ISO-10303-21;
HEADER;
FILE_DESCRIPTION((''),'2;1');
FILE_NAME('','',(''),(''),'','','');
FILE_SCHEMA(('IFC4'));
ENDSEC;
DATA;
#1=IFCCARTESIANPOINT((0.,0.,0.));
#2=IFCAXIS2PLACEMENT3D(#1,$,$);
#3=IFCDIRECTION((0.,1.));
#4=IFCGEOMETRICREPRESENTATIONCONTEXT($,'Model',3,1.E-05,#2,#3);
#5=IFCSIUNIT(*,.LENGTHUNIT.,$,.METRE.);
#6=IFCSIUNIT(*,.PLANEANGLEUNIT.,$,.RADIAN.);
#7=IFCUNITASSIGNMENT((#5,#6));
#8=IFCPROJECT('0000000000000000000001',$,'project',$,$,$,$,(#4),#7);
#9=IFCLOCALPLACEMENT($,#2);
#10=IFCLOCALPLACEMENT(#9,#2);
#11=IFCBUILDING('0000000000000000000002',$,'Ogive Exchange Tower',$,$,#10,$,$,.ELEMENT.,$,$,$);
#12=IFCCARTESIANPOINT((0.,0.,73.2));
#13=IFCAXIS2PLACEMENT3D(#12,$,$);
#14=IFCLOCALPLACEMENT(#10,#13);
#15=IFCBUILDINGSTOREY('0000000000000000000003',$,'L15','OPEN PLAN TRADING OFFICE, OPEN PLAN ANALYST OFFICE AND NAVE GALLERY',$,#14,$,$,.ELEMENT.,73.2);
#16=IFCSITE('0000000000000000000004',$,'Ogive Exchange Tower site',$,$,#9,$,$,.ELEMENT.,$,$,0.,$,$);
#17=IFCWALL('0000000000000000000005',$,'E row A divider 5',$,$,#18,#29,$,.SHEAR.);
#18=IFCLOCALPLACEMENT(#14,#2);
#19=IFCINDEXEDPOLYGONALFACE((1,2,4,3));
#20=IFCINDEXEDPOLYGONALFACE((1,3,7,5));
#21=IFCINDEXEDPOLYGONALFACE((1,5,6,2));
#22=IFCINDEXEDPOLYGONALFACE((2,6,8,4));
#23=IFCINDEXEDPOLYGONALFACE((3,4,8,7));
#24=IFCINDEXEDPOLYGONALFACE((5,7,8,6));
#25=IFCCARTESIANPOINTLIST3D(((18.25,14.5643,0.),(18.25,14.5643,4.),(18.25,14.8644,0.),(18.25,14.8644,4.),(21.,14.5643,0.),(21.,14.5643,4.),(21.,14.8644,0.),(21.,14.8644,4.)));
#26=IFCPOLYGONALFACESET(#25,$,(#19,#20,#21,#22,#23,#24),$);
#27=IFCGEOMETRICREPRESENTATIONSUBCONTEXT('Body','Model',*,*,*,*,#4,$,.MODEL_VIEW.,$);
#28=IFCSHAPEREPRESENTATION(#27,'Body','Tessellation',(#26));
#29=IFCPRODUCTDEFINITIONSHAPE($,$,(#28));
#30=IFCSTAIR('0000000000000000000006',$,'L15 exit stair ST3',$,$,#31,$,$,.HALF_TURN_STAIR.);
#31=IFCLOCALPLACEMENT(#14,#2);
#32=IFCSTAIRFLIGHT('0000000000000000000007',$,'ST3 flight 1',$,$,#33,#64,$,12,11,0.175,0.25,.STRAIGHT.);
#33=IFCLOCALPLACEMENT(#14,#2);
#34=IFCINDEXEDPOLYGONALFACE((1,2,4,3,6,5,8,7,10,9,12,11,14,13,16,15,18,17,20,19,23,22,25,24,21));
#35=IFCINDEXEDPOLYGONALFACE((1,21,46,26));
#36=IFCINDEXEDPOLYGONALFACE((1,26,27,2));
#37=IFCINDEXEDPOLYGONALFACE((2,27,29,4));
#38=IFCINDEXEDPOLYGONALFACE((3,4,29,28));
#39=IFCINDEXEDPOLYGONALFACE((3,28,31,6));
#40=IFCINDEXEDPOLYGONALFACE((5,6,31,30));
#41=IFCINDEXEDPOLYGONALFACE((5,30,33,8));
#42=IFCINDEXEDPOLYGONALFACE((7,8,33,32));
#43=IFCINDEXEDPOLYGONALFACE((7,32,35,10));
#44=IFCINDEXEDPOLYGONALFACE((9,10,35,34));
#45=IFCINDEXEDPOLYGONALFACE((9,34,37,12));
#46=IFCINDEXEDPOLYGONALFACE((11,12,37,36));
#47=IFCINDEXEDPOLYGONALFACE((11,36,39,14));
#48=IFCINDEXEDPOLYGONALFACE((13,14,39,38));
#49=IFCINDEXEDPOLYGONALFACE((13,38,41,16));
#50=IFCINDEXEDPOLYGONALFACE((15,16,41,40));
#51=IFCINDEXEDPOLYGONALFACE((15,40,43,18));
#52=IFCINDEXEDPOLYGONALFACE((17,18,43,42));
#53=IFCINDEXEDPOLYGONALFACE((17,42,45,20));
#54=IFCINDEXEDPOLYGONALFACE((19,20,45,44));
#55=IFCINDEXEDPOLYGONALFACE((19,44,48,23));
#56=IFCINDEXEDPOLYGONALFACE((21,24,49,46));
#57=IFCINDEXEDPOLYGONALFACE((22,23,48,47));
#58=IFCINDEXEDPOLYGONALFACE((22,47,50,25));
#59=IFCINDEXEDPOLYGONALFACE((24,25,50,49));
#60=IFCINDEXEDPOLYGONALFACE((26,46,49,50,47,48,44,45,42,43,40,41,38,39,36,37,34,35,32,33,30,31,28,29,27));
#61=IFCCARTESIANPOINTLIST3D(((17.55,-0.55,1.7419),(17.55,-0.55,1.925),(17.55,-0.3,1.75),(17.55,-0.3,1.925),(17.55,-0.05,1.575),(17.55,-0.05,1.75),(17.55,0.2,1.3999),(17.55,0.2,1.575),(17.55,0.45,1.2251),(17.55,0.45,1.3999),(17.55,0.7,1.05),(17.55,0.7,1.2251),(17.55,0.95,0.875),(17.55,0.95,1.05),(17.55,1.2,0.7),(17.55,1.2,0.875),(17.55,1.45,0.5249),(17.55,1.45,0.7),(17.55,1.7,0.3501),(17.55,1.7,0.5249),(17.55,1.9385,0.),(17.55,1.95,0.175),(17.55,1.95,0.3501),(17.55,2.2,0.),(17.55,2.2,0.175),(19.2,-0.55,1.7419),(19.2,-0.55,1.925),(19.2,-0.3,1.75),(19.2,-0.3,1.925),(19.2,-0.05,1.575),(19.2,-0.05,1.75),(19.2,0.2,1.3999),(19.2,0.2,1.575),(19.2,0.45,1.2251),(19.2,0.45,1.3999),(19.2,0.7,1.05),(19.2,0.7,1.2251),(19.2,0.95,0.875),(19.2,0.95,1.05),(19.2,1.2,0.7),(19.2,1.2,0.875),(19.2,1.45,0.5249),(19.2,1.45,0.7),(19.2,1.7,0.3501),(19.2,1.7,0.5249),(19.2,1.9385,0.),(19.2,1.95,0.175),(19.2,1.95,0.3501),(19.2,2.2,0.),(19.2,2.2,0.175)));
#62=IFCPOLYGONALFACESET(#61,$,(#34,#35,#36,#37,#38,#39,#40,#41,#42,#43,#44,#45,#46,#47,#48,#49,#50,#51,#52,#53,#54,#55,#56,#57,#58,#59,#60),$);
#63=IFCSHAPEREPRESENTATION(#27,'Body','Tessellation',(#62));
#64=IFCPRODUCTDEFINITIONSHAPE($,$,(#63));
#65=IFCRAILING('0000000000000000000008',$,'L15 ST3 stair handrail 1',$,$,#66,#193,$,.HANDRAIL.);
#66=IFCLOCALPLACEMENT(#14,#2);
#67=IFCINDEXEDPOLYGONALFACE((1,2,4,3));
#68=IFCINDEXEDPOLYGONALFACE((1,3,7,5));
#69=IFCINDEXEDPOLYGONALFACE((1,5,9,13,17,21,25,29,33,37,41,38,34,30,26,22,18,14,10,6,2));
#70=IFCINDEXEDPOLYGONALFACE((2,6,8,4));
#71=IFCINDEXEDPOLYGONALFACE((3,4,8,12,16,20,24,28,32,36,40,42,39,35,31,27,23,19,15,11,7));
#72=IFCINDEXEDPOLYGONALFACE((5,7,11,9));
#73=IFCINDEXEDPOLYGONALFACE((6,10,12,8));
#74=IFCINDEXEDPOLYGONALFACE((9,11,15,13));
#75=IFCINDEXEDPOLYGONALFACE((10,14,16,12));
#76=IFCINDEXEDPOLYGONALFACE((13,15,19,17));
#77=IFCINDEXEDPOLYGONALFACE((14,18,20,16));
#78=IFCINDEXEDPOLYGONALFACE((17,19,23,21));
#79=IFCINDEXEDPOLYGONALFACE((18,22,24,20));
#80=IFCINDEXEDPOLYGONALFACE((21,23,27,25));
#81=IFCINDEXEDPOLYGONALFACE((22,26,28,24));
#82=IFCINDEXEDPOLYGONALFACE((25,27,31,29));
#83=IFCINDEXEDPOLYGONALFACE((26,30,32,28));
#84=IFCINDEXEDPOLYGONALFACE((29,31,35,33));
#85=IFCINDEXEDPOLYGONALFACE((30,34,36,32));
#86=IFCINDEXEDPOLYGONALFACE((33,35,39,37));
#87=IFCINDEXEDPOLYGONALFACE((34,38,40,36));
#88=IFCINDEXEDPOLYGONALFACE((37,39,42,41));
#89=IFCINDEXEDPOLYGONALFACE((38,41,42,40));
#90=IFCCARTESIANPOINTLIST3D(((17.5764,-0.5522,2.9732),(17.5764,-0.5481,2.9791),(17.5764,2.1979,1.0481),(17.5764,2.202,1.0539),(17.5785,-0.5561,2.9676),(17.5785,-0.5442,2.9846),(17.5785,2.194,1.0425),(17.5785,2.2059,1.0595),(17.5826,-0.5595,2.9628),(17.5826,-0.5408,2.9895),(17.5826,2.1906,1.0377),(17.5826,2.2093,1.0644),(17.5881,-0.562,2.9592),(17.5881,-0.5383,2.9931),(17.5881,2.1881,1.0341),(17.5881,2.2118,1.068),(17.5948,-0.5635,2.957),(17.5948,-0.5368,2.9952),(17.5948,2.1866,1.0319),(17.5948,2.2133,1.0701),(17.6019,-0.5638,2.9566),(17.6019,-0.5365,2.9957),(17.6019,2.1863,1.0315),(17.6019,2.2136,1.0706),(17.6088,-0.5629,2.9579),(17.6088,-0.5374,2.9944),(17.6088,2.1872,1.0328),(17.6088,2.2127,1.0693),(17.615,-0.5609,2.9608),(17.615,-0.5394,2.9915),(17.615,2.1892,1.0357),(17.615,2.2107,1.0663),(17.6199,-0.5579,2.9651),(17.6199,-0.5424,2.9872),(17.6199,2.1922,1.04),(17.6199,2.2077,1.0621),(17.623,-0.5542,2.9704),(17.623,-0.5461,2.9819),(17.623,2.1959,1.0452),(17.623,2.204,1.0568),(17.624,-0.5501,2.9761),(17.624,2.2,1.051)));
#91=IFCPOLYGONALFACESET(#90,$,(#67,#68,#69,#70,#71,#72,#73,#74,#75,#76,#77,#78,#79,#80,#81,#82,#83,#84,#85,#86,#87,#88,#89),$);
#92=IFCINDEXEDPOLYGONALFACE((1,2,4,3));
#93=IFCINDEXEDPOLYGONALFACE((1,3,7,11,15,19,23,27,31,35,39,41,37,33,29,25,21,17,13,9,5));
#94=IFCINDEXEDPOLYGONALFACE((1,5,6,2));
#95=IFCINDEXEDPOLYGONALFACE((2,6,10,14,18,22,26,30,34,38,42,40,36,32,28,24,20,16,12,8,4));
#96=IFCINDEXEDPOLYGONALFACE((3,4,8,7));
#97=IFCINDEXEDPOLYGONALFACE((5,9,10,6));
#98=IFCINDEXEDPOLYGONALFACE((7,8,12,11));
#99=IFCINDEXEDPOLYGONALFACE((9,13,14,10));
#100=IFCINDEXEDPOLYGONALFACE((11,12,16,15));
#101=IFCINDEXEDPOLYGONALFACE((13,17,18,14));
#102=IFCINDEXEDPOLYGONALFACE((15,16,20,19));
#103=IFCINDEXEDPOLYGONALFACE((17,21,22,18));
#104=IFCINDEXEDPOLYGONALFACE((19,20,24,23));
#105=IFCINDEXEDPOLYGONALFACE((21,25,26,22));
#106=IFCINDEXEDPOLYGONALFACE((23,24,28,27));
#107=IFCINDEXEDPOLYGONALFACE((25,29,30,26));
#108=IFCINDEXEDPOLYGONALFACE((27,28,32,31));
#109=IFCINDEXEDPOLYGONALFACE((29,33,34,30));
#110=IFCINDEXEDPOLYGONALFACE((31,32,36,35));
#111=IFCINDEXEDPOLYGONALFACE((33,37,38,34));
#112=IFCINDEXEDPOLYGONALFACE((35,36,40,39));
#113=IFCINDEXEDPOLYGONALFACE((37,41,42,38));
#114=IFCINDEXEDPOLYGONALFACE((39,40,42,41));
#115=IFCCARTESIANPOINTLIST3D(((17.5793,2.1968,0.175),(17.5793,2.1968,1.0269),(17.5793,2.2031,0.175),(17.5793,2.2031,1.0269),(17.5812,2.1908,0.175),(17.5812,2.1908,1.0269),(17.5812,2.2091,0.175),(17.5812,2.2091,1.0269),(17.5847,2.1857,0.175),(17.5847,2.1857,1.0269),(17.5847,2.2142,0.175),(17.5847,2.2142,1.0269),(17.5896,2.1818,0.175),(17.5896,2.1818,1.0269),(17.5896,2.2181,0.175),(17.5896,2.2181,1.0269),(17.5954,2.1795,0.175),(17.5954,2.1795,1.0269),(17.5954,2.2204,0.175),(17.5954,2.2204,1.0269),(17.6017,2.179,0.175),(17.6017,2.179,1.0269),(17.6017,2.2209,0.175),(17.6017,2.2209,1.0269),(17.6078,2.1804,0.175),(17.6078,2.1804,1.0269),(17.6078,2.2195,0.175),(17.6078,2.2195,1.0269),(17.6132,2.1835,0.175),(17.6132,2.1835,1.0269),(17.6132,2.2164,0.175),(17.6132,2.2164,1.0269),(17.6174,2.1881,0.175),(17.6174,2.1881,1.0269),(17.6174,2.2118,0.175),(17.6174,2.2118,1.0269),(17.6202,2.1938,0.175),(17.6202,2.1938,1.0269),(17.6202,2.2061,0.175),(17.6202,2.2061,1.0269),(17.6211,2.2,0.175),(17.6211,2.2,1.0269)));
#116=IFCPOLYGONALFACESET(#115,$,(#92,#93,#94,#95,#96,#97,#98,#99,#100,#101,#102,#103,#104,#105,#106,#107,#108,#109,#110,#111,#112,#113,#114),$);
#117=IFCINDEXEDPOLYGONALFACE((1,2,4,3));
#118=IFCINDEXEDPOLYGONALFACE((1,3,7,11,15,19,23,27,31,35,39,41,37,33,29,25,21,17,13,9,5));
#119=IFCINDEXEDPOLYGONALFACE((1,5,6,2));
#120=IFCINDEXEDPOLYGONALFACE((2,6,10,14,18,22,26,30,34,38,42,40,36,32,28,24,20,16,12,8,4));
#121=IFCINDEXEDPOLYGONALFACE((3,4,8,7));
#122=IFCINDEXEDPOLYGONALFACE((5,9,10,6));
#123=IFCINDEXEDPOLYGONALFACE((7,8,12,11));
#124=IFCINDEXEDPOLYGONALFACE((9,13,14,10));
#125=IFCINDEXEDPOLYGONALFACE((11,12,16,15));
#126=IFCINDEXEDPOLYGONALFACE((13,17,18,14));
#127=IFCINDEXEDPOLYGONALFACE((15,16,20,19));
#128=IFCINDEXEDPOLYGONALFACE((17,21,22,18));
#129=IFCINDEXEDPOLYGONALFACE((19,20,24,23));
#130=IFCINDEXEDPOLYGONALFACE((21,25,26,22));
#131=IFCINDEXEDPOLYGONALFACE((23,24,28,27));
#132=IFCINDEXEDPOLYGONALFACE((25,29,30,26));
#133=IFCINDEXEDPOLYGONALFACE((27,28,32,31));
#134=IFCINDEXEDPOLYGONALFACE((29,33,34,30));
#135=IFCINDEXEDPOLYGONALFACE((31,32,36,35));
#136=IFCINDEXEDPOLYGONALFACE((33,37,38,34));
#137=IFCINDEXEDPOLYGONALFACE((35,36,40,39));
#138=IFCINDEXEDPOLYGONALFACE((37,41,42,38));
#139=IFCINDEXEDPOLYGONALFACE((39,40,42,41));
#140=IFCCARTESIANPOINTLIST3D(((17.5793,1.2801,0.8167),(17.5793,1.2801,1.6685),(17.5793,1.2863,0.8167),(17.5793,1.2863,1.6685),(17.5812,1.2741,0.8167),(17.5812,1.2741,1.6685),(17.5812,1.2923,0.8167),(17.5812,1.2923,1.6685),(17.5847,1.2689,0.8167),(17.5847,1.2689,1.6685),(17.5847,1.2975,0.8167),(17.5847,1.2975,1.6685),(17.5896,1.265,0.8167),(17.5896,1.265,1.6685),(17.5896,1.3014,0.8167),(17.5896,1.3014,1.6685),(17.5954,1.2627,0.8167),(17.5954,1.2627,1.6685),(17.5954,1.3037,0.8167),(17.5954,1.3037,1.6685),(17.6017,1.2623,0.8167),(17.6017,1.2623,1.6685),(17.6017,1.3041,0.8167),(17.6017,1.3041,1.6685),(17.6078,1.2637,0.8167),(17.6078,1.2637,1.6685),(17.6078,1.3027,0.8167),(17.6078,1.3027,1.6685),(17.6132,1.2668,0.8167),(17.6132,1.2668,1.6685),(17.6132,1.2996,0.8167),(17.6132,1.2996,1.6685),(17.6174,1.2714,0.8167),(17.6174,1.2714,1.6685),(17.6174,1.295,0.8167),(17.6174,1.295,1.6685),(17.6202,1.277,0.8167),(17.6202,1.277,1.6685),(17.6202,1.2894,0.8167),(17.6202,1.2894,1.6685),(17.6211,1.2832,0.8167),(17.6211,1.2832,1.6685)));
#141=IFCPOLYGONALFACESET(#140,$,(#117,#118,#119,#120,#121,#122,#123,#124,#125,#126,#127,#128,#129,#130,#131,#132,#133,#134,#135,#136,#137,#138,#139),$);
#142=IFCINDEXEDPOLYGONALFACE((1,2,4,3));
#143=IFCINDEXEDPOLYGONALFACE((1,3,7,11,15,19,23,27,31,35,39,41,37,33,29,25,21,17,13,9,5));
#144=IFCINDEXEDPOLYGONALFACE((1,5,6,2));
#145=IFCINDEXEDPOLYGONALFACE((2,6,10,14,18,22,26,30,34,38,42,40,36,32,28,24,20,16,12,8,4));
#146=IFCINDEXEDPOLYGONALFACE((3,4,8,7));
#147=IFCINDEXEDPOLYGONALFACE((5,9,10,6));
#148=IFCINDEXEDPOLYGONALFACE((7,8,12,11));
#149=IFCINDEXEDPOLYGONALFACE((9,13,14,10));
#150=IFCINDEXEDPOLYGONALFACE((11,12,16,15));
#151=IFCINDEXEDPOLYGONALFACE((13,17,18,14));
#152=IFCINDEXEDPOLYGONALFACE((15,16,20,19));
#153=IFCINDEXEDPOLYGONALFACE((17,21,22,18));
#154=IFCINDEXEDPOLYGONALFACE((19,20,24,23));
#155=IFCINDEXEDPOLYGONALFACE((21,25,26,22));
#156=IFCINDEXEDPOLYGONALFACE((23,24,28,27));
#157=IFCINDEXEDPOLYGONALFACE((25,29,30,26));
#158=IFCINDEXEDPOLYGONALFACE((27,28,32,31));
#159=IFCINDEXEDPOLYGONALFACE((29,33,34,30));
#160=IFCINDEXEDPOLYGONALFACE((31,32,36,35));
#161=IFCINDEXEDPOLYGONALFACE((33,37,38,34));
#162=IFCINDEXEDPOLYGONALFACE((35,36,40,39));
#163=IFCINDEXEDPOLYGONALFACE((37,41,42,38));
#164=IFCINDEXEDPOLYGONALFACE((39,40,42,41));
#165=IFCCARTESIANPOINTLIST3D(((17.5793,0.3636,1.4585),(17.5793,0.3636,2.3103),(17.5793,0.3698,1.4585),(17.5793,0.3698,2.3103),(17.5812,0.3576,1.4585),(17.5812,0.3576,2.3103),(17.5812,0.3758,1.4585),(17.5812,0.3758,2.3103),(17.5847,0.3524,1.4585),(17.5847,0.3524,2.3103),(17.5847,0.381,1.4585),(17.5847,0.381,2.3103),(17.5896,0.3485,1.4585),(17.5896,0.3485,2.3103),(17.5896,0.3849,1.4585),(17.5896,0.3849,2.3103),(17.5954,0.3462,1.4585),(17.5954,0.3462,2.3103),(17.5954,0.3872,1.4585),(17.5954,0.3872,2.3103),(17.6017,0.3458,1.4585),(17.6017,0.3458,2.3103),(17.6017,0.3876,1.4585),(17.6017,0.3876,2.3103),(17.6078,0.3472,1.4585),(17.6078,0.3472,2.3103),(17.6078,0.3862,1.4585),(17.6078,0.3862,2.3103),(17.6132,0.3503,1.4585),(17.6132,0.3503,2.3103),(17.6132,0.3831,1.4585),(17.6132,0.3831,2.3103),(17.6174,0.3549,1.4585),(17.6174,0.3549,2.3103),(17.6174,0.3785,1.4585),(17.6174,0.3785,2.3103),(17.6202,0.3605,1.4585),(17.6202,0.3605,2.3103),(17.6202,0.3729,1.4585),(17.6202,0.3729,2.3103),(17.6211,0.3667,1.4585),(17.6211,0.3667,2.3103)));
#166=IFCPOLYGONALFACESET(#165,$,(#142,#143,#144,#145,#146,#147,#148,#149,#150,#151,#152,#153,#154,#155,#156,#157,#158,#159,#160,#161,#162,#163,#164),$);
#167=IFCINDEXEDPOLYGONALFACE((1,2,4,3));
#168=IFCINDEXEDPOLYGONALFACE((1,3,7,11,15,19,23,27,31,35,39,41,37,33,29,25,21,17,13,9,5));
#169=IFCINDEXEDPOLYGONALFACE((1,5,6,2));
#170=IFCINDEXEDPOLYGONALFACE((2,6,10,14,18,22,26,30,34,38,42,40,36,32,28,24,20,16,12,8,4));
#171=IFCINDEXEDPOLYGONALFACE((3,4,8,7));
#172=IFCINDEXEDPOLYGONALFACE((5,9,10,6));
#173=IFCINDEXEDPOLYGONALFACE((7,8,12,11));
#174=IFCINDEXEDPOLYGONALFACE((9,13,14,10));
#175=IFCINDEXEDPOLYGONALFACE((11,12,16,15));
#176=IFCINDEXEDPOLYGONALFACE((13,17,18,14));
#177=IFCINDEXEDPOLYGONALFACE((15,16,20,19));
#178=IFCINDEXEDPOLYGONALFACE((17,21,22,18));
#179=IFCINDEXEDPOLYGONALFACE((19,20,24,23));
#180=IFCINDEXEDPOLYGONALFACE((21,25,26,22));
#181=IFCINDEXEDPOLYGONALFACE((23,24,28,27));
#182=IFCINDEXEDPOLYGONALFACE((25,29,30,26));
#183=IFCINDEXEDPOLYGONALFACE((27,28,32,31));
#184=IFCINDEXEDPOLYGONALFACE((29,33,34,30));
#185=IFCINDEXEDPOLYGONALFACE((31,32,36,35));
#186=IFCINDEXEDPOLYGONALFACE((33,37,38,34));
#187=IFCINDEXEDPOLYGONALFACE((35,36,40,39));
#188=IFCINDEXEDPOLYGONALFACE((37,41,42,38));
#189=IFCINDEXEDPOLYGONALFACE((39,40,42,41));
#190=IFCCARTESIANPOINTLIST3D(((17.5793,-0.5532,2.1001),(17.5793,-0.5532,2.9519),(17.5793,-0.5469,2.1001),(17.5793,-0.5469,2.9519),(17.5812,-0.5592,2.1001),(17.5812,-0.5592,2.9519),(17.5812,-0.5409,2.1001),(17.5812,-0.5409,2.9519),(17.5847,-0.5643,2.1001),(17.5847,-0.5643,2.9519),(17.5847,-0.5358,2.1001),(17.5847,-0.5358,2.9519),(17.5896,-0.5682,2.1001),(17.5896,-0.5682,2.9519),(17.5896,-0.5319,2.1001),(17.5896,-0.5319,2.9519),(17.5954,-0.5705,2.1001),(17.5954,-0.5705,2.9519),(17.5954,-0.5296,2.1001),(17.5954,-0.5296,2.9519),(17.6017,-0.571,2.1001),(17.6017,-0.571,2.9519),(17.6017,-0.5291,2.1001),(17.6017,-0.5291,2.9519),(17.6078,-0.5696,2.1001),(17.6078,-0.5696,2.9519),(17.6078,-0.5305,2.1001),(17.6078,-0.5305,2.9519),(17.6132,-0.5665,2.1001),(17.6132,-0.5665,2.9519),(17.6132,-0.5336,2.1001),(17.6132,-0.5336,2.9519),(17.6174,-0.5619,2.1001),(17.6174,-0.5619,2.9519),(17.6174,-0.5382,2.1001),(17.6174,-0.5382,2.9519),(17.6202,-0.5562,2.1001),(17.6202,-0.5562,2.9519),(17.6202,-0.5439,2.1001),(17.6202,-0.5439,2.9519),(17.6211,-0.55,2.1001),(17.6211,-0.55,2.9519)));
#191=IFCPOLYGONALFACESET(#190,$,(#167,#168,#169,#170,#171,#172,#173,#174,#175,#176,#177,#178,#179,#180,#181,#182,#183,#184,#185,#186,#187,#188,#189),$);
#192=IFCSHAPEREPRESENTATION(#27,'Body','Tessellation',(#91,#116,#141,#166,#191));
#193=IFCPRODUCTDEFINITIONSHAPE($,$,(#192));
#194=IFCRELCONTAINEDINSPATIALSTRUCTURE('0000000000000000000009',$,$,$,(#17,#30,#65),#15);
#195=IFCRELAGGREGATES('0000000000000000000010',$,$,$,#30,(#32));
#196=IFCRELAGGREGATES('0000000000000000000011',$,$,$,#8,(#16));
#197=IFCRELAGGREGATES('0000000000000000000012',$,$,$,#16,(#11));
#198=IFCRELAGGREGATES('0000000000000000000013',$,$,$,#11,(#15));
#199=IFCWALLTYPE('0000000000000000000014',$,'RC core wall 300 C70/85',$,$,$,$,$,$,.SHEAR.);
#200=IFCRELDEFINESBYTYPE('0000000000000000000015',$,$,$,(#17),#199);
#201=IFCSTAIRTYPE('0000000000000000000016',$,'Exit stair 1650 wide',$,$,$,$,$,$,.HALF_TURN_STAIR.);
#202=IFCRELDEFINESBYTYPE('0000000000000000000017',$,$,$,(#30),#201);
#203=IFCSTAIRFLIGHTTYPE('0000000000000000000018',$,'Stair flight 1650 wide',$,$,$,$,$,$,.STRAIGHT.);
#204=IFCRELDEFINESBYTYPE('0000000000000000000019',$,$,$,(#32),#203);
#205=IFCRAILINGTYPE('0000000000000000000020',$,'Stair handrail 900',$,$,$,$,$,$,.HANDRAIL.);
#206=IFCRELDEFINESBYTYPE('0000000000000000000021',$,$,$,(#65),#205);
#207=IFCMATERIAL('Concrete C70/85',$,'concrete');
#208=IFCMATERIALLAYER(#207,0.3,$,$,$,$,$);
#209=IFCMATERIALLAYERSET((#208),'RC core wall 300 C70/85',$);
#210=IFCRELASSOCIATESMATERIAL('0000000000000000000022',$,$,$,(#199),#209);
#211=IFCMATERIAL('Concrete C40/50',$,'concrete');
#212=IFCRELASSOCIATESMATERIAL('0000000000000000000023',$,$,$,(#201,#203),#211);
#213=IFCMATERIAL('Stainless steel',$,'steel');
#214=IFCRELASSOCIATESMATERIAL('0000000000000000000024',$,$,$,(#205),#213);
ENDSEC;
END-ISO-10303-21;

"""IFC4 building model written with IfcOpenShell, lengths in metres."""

from ifc_helpers import new_model, si_unit, direction, frame, frame_2d, origin, origin_2d, place, context, subcontext, project, spatial, polyline, rectangle, circle, outline, extrude, material, layer, layer_set, type_object, element, aggregate, save


model = new_model("IFC4")

# Units and contexts
model_context = context("Model", 3, precision=1e-05, world=origin(), true_north=direction((0.0, 1.0)))
body_context = subcontext(model_context, "Body", "Model", "MODEL_VIEW")
ifc_project = project(units=[si_unit("LENGTHUNIT", "METRE"), si_unit("PLANEANGLEUNIT", "RADIAN")], contexts=[model_context])

# Site, building, storey
site_placement = place(None, origin())
site = spatial("IfcSite", under=ifc_project, at=site_placement, Name="Ogive Exchange Tower site", CompositionType="ELEMENT", RefElevation=0.0)
building_placement = place(site_placement, origin())
building = spatial("IfcBuilding", under=site, at=building_placement, Name="Ogive Exchange Tower", CompositionType="ELEMENT")
storey_placement = place(building_placement, frame((0.0, 0.0, 73.2)))
storey = spatial("IfcBuildingStorey", under=building, at=storey_placement, Name="L15", Description="OPEN PLAN TRADING OFFICE, OPEN PLAN ANALYST OFFICE AND NAVE GALLERY", CompositionType="ELEMENT", Elevation=73.2)

# Shared definitions
ifc_material_1 = material(Name="Concrete C70/85", Category="concrete")

# Shared definitions
ifc_material_2 = material(Name="Stainless steel", Category="steel")

# Wall
ifc_layer_1 = layer(ifc_material_1, 0.3)
ifc_layer_set_1 = layer_set([ifc_layer_1], Name="RC core wall 300 C70/85")
wall_type_1 = type_object("IfcWallType", Name="RC core wall 300 C70/85", PredefinedType="SHEAR", material=ifc_layer_set_1)
for number, where, z_axis, x_axis, name in (
    (1, (18.25, 14.7144, 0.0), (0.0, 0.0, 1.0), (1.0, 0.0, 0.0), "E row A divider 5"),
):
    element("IfcWall", number, at=place(storey_placement, frame(where, z_axis=z_axis, x_axis=x_axis)), inside=storey, type_object=wall_type_1, Name=name, PredefinedType="SHEAR", context=body_context, shape_type="SweptSolid", body=[
        extrude(rectangle(XDim=2.75, YDim=0.3, at=frame_2d((1.375, 0.0))), origin(), (0.0, 0.0, 1.0), 4.0),
    ])

# Stair, stair flight
ifc_material_3 = material(Name="Concrete C40/50", Category="concrete")
stair_type = type_object("IfcStairType", Name="Exit stair 1650 wide", PredefinedType="HALF_TURN_STAIR", material=ifc_material_3)
stair_placement = place(storey_placement, origin())
stair = element("IfcStair", 2, at=stair_placement, inside=storey, type_object=stair_type, Name="L15 exit stair ST3", PredefinedType="HALF_TURN_STAIR")
stair_flight_type = type_object("IfcStairFlightType", Name="Stair flight 1650 wide", PredefinedType="STRAIGHT", material=ifc_material_3)
stair_flight_placement = place(storey_placement, frame((18.375, 2.2, 0.0), z_axis=(0.0, 0.0, 1.0), x_axis=(0.0, -1.0, 0.0)))
stair_flight = element("IfcStairFlight", 3, at=stair_flight_placement, type_object=stair_flight_type, Name="ST3 flight 1", NumberOfRisers=12, NumberOfTreads=11, PredefinedType="STRAIGHT", RiserHeight=0.175, TreadLength=0.25, context=body_context, shape_type="SweptSolid", body=[
    extrude(outline(polyline([(0.0, 0.0), (0.0, 0.175), (0.25, 0.175), (0.25, 0.3501), (0.5, 0.3501), (0.5, 0.5249), (0.75, 0.5249), (0.75, 0.7), (1.0, 0.7), (1.0, 0.875), (1.25, 0.875), (1.25, 1.05), (1.5, 1.05), (1.5, 1.2251), (1.75, 1.2251), (1.75, 1.3999), (2.0, 1.3999), (2.0, 1.575), (2.25, 1.575), (2.25, 1.75), (2.5, 1.75), (2.5, 1.925), (2.75, 1.925), (2.75, 2.1001), (2.75, 1.7419), (0.2615, 0.0), (0.0, 0.0)])), frame((0.0, 0.825, 0.0), z_axis=(0.0, -1.0, 0.0), x_axis=(1.0, 0.0, 0.0)), (0.0, 0.0, 1.0), 1.6499),
])
aggregate(stair, [stair_flight])

# Railing
railing_type = type_object("IfcRailingType", Name="Stair handrail 900", PredefinedType="HANDRAIL", material=ifc_material_2)
railing_placement = place(storey_placement, frame((17.6001, 2.2, 0.175)))
element("IfcRailing", 4, at=railing_placement, inside=storey, type_object=railing_type, Name="L15 ST3 stair handrail 1", PredefinedType="HANDRAIL", context=body_context, shape_type="SweptSolid", body=[
    extrude(circle(Radius=0.0239, at=origin_2d()), frame((0.0, 0.0, 0.876), z_axis=(0.0, -0.819225, 0.573472), x_axis=(1.0, 0.0, 0.0)), (0.0, 0.0, 1.0), 3.3569),
    extrude(circle(Radius=0.021, at=origin_2d()), origin(), (0.0, 0.0, 1.0), 0.8518),
    extrude(circle(Radius=0.021, at=origin_2d()), frame((0.0, -0.9167, 0.6416)), (0.0, 0.0, 1.0), 0.8518),
    extrude(circle(Radius=0.021, at=origin_2d()), frame((0.0, -1.8333, 1.2834)), (0.0, 0.0, 1.0), 0.8518),
    extrude(circle(Radius=0.021, at=origin_2d()), frame((0.0, -2.75, 1.925)), (0.0, 0.0, 1.0), 0.8518),
])

save(model, "model.ifc")
